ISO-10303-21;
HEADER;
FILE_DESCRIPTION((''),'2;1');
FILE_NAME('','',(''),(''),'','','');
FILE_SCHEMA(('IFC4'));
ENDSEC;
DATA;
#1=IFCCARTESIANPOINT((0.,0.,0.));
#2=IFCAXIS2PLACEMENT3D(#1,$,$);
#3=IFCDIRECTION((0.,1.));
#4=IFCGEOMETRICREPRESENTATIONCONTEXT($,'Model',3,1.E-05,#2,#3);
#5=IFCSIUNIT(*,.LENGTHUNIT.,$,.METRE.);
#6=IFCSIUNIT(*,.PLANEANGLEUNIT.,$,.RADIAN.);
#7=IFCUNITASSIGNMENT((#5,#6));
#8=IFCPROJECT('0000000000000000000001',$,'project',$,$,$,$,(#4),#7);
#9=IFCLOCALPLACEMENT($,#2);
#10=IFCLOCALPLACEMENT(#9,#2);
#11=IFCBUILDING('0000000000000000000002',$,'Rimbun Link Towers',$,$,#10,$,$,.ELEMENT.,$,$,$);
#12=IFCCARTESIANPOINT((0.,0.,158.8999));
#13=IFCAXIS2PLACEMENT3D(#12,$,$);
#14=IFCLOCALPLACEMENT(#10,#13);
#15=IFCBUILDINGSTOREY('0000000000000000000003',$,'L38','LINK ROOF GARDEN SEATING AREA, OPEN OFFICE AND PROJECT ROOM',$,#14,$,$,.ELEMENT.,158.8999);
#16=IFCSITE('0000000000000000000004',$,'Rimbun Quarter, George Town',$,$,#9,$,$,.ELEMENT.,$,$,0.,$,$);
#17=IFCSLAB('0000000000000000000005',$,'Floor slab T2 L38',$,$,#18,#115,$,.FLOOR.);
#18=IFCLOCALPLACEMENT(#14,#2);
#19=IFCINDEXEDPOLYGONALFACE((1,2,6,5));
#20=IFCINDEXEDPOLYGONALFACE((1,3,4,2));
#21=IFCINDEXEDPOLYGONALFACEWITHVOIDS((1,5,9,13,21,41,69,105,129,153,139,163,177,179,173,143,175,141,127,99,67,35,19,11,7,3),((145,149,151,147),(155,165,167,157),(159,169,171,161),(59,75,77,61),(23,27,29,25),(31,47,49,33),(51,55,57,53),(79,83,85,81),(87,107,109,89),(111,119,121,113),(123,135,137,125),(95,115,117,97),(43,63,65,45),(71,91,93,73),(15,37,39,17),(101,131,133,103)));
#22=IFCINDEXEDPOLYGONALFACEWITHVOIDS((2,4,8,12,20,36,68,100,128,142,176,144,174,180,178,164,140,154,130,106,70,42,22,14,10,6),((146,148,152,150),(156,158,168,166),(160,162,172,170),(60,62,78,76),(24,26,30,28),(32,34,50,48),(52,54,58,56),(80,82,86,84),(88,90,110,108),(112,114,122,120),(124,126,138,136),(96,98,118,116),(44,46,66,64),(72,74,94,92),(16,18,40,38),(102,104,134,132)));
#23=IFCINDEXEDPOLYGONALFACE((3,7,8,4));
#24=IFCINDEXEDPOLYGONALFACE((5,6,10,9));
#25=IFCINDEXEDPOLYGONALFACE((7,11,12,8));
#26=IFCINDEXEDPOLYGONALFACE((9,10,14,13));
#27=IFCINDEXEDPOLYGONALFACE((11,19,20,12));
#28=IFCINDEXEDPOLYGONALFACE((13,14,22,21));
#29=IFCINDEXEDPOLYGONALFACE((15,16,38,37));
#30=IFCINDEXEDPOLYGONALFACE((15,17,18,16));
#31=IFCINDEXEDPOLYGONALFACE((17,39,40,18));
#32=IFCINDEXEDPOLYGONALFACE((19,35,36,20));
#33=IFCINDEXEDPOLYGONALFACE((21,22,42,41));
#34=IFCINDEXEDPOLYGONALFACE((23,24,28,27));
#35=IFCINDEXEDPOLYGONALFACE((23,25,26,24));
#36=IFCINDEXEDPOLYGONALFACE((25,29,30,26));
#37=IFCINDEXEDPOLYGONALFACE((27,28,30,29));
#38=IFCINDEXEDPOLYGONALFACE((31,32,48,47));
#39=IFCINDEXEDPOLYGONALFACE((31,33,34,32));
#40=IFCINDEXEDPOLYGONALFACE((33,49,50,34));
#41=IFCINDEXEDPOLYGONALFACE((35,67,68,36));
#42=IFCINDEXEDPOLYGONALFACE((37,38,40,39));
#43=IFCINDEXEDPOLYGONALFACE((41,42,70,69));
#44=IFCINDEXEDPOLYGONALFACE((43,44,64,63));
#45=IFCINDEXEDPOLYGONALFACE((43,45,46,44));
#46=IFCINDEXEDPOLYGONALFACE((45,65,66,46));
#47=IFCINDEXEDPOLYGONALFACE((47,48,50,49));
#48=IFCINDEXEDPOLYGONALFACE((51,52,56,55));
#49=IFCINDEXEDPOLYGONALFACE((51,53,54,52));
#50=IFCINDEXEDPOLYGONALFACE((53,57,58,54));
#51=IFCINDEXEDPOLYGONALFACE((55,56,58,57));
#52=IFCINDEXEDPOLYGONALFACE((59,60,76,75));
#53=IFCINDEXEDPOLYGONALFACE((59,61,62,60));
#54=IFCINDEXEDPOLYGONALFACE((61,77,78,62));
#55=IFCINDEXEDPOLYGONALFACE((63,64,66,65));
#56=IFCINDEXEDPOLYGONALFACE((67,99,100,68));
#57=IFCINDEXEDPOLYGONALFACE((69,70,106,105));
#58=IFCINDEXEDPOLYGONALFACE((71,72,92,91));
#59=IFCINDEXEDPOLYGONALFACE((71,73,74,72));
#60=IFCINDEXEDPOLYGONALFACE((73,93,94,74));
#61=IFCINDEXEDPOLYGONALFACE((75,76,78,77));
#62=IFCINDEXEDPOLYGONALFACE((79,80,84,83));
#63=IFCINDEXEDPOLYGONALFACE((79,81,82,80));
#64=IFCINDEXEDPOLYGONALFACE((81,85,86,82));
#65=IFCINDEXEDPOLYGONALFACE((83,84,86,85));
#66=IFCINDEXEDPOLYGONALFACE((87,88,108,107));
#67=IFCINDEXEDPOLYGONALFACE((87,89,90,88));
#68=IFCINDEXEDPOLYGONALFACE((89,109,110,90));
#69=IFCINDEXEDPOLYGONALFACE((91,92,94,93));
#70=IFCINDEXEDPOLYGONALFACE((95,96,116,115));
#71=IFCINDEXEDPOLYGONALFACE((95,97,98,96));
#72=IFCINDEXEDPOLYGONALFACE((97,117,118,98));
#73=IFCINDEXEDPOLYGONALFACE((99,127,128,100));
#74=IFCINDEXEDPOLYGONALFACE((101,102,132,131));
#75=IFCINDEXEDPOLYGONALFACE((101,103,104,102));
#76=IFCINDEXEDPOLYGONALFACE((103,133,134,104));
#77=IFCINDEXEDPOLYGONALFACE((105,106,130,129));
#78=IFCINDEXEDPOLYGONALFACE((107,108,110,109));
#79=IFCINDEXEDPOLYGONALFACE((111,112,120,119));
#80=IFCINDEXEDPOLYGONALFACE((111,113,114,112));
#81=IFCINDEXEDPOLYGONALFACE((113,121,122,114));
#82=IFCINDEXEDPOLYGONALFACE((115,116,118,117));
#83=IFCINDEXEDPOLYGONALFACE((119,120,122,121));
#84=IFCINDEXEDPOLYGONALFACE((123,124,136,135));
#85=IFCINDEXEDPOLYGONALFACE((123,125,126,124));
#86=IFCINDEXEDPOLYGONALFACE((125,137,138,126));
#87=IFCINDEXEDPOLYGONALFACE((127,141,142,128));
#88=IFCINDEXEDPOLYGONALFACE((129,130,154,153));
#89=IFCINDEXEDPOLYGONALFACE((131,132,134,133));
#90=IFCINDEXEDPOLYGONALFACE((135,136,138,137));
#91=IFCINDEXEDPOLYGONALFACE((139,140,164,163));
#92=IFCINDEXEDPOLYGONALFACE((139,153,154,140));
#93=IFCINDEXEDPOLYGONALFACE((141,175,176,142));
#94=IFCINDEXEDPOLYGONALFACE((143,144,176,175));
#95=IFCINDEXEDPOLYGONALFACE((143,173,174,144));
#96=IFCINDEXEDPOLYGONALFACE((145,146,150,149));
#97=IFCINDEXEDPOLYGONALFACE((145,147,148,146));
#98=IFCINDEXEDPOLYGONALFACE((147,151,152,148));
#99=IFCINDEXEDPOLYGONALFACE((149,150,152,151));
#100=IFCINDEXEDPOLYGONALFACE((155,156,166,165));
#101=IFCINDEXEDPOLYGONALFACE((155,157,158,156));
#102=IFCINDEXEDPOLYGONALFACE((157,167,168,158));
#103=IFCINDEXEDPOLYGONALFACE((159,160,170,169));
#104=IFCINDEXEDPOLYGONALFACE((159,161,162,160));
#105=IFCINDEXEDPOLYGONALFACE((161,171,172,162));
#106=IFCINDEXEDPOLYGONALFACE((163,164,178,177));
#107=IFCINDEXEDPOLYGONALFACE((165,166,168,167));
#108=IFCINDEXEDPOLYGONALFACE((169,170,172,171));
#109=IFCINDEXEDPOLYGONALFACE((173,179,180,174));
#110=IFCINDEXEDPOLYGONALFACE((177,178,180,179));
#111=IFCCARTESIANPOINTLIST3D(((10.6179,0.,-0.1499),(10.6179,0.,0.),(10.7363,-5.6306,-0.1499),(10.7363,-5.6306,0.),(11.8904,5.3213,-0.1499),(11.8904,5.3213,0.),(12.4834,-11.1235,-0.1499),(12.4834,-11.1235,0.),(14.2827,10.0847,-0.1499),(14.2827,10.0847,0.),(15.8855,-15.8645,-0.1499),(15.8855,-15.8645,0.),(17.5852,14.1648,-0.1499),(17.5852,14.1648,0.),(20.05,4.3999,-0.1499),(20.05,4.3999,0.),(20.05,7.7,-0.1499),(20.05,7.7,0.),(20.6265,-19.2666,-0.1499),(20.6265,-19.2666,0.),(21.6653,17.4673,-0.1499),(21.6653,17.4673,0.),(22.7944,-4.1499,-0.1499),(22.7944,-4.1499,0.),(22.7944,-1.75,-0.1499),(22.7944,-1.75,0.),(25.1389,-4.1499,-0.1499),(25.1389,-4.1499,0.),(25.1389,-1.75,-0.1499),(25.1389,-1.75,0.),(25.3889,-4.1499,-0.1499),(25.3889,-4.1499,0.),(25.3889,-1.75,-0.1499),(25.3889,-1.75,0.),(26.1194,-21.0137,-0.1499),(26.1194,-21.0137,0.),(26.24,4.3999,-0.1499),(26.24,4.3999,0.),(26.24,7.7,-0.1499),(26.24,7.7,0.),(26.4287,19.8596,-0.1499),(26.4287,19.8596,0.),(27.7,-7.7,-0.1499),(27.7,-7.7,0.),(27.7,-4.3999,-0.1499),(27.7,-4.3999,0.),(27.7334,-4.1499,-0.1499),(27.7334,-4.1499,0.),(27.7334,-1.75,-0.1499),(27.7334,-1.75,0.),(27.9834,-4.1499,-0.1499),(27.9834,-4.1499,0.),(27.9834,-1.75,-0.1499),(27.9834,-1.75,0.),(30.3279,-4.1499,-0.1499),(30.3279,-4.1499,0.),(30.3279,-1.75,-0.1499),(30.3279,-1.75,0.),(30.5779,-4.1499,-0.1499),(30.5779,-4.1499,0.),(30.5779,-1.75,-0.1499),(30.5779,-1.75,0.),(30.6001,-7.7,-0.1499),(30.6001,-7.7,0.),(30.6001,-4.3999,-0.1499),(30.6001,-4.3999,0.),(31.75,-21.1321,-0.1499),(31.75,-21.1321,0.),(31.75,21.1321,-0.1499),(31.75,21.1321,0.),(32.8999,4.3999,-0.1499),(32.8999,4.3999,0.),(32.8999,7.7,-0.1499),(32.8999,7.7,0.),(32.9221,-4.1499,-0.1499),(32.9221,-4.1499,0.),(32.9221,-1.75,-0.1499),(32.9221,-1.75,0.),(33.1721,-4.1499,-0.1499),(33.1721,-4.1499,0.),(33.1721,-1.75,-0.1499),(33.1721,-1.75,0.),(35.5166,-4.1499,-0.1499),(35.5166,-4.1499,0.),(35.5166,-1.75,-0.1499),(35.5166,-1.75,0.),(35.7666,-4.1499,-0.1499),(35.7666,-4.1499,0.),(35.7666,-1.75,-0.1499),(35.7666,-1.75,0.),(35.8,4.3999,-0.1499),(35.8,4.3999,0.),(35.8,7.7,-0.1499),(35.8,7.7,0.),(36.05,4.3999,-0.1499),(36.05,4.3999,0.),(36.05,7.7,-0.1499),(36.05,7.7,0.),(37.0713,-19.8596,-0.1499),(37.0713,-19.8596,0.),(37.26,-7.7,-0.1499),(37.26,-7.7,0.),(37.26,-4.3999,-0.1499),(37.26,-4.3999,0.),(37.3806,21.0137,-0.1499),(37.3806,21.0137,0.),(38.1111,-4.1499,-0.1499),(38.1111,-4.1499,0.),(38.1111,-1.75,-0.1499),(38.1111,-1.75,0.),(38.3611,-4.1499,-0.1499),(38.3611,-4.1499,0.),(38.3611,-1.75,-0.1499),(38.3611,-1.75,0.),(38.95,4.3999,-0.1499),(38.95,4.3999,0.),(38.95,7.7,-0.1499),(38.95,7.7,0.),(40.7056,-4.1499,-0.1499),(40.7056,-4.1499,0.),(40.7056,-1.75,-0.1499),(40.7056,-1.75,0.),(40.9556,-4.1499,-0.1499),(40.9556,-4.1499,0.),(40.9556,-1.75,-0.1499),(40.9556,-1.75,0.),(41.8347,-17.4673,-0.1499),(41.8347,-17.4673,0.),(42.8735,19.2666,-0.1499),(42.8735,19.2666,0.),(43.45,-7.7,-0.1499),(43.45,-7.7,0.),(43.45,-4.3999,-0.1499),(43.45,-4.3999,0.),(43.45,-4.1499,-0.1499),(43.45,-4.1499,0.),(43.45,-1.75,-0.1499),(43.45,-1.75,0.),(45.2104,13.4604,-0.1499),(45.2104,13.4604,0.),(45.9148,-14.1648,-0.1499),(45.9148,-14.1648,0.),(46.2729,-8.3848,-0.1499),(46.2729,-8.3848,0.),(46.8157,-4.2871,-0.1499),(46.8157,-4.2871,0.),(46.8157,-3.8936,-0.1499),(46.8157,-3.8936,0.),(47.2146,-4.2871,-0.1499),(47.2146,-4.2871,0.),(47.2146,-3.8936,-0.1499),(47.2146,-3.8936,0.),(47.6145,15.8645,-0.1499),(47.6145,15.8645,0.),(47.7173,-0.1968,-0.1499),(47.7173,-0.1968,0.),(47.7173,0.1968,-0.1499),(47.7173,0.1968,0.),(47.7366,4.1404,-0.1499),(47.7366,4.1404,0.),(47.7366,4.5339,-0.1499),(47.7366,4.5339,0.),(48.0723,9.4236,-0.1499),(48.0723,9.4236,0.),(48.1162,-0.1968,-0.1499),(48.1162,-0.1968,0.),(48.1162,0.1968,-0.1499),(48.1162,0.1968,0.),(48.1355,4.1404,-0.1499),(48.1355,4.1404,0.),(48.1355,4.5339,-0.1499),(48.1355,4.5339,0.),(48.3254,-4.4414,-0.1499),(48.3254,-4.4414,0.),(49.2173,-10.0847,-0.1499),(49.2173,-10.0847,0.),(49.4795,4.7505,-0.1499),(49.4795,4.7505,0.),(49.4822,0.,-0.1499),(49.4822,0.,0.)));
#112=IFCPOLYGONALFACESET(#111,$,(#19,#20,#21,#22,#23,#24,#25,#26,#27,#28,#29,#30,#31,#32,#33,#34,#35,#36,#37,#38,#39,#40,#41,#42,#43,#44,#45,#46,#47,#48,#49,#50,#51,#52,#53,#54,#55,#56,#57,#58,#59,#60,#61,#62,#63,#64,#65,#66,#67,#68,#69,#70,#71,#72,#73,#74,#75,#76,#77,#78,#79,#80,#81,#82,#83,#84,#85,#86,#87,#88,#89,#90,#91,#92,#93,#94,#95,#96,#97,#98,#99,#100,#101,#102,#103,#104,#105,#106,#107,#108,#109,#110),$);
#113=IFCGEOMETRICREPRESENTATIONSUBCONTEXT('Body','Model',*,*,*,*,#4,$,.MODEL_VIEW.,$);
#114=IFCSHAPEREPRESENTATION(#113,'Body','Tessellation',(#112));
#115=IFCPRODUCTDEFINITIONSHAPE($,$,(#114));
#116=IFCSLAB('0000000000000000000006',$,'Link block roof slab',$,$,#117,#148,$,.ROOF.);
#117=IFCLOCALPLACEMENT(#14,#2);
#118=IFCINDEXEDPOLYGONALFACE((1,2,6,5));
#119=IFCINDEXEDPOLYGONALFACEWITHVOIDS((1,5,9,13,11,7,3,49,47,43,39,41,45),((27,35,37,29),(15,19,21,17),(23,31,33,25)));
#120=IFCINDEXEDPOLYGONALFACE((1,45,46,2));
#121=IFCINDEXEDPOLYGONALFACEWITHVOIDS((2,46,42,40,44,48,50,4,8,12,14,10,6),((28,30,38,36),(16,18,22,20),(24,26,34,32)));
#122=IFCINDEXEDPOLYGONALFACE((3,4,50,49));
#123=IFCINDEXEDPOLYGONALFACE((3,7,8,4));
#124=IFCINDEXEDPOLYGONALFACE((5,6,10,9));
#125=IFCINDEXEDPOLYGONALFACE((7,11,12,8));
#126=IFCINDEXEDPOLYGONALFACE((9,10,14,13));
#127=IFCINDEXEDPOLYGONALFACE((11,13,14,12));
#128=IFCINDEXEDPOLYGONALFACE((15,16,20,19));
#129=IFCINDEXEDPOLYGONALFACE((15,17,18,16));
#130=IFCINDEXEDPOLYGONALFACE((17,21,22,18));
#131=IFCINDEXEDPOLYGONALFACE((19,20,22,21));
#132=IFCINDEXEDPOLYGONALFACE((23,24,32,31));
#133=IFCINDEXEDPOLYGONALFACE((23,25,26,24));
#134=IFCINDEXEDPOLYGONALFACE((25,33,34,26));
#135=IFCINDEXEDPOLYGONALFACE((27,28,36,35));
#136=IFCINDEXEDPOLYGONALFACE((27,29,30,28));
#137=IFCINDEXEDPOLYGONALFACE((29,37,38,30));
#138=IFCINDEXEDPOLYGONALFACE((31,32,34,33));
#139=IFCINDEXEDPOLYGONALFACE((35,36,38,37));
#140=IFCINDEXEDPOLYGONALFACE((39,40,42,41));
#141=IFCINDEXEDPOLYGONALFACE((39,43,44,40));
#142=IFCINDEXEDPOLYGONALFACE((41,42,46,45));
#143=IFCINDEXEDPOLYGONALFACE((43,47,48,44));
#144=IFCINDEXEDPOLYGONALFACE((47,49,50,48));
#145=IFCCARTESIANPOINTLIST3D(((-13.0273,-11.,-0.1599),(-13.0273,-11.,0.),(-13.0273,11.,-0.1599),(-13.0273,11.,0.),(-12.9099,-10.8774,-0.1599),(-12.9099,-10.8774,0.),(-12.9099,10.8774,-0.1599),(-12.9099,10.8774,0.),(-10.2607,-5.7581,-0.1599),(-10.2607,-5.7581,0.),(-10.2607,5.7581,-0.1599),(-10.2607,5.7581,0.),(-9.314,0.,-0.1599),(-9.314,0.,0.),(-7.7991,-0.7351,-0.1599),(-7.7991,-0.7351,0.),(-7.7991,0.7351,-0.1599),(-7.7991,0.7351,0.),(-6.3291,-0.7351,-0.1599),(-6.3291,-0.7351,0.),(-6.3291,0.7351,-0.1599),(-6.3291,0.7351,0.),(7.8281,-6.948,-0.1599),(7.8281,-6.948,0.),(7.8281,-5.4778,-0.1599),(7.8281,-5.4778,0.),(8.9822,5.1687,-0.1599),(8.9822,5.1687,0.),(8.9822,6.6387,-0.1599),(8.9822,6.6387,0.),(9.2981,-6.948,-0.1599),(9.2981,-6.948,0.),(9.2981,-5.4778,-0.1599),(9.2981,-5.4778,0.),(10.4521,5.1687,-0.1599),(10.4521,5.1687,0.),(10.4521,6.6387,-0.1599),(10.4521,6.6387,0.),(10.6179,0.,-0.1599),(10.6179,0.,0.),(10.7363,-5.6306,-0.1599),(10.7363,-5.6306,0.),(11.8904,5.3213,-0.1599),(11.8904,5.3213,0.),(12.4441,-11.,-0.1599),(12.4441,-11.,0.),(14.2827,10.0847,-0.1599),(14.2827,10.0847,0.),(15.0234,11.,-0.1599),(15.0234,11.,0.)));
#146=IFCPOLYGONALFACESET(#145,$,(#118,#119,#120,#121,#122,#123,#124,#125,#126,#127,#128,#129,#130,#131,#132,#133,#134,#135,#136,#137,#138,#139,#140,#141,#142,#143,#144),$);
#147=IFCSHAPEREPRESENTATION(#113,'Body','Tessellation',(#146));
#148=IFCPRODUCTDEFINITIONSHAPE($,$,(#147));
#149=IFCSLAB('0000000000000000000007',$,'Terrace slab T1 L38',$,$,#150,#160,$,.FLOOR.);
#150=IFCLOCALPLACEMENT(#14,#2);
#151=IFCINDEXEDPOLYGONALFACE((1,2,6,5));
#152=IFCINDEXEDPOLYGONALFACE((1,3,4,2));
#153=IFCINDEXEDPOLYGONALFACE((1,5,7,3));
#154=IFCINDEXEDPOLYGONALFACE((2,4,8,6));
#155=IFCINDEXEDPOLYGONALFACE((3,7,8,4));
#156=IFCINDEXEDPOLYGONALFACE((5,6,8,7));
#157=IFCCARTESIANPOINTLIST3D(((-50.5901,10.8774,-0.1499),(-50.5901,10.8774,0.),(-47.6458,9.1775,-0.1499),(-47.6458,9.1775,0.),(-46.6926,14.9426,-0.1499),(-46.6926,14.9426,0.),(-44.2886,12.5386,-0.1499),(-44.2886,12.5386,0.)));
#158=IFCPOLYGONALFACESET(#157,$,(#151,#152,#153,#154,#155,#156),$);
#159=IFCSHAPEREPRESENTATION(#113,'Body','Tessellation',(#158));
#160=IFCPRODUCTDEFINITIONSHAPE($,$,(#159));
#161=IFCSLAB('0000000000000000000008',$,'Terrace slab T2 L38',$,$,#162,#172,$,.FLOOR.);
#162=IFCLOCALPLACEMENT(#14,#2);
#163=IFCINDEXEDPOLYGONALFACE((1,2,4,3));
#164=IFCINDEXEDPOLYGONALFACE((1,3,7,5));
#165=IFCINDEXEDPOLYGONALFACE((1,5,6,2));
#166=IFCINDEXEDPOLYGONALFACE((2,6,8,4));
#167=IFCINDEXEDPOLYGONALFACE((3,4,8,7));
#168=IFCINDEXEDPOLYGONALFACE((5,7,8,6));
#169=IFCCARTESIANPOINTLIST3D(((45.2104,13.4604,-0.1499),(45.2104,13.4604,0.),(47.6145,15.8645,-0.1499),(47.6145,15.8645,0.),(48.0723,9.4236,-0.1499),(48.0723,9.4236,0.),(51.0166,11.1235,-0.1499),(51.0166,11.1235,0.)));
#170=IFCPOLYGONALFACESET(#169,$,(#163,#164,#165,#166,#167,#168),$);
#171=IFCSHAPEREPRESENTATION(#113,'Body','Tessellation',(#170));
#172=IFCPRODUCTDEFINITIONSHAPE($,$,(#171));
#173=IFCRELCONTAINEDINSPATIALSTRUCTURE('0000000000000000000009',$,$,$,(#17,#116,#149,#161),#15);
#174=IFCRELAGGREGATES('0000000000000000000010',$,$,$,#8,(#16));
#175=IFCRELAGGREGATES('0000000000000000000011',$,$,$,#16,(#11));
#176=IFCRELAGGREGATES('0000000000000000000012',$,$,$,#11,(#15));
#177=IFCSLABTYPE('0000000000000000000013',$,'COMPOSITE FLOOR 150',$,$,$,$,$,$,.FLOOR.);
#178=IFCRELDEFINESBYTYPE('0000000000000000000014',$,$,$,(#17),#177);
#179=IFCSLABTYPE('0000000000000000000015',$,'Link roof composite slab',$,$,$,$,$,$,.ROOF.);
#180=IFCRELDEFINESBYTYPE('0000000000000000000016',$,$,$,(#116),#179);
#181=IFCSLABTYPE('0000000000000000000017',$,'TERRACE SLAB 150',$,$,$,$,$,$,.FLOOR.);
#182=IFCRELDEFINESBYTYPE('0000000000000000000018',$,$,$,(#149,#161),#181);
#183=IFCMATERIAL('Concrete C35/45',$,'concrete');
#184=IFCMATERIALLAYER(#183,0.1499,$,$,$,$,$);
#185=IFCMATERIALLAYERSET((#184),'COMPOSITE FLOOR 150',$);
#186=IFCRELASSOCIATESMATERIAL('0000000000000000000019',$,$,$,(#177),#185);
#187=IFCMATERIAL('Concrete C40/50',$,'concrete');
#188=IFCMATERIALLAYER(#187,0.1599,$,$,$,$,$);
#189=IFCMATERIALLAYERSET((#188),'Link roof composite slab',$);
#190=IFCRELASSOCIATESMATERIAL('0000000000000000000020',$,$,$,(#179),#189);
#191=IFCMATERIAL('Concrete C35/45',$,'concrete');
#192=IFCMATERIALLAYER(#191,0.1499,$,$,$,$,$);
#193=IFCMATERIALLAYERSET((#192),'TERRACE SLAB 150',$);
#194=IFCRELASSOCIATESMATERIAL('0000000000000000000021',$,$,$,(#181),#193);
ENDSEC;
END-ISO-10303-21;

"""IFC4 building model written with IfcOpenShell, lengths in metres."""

from ifc_helpers import new_model, si_unit, direction, frame, origin, place, context, subcontext, project, spatial, polyline, outline, extrude, material, layer, layer_set, type_object, element, save


model = new_model("IFC4")

# Units and contexts
model_context = context("Model", 3, precision=1e-05, world=origin(), true_north=direction((0.0, 1.0)))
body_context = subcontext(model_context, "Body", "Model", "MODEL_VIEW")
ifc_project = project(units=[si_unit("LENGTHUNIT", "METRE"), si_unit("PLANEANGLEUNIT", "RADIAN")], contexts=[model_context])

# Site, building, storey
site_placement = place(None, origin())
site = spatial("IfcSite", under=ifc_project, at=site_placement, Name="Rimbun Quarter, George Town", CompositionType="ELEMENT", RefElevation=0.0)
building_placement = place(site_placement, origin())
building = spatial("IfcBuilding", under=site, at=building_placement, Name="Rimbun Link Towers", CompositionType="ELEMENT")
storey_placement = place(building_placement, frame((0.0, 0.0, 158.8999)))
storey = spatial("IfcBuildingStorey", under=building, at=storey_placement, Name="L38", Description="LINK ROOF GARDEN SEATING AREA, OPEN OFFICE AND PROJECT ROOM", CompositionType="ELEMENT", Elevation=158.8999)

# Slabs
ifc_material_1 = material(Name="Concrete C35/45", Category="concrete")
ifc_layer_1 = layer(ifc_material_1, 0.1499)
ifc_layer_set_1 = layer_set([ifc_layer_1], Name="COMPOSITE FLOOR 150")
slab_type_1 = type_object("IfcSlabType", Name="COMPOSITE FLOOR 150", PredefinedType="FLOOR", material=ifc_layer_set_1)
slab_1_placement = place(storey_placement, frame((0.0, 0.0, -0.1499)))
element("IfcSlab", 1, at=slab_1_placement, inside=storey, type_object=slab_type_1, Name="Floor slab T2 L38", PredefinedType="FLOOR", context=body_context, shape_type="SweptSolid", body=[
    extrude(outline(polyline([(45.9148, -14.1648), (41.8347, -17.4673), (37.0713, -19.8596), (31.75, -21.1321), (26.1194, -21.0137), (20.6265, -19.2666), (15.8855, -15.8645), (12.4834, -11.1235), (10.7363, -5.6306), (10.6179, 0.0), (11.8904, 5.3213), (14.2827, 10.0847), (17.5852, 14.1648), (21.6653, 17.4673), (26.4287, 19.8596), (31.75, 21.1321), (37.3806, 21.0137), (42.8735, 19.2666), (47.6145, 15.8645), (45.2104, 13.4604), (48.0723, 9.4236), (49.4795, 4.7505), (49.4822, 0.0), (48.3254, -4.4414), (46.2729, -8.3848), (49.2173, -10.0847), (45.9148, -14.1648)]), holes=[polyline([(30.6001, -7.7), (30.6001, -4.3999), (27.7, -4.3999), (27.7, -7.7), (30.6001, -7.7)]), polyline([(25.1389, -4.1499), (25.1389, -1.75), (22.7944, -1.75), (22.7944, -4.1499), (25.1389, -4.1499)]), polyline([(27.7334, -4.1499), (27.7334, -1.75), (25.3889, -1.75), (25.3889, -4.1499), (27.7334, -4.1499)]), polyline([(30.3279, -4.1499), (30.3279, -1.75), (27.9834, -1.75), (27.9834, -4.1499), (30.3279, -4.1499)]), polyline([(32.9221, -4.1499), (32.9221, -1.75), (30.5779, -1.75), (30.5779, -4.1499), (32.9221, -4.1499)]), polyline([(35.5166, -4.1499), (35.5166, -1.75), (33.1721, -1.75), (33.1721, -4.1499), (35.5166, -4.1499)]), polyline([(26.24, 4.3999), (26.24, 7.7), (20.05, 7.7), (20.05, 4.3999), (26.24, 4.3999)]), polyline([(35.8, 4.3999), (35.8, 7.7), (32.8999, 7.7), (32.8999, 4.3999), (35.8, 4.3999)]), polyline([(43.45, -7.7), (43.45, -4.3999), (37.26, -4.3999), (37.26, -7.7), (43.45, -7.7)]), polyline([(47.2146, -4.2871), (47.2146, -3.8936), (46.8157, -3.8936), (46.8157, -4.2871), (47.2146, -4.2871)]), polyline([(38.1111, -4.1499), (38.1111, -1.75), (35.7666, -1.75), (35.7666, -4.1499), (38.1111, -4.1499)]), polyline([(40.7056, -4.1499), (40.7056, -1.75), (38.3611, -1.75), (38.3611, -4.1499), (40.7056, -4.1499)]), polyline([(43.45, -4.1499), (43.45, -1.75), (40.9556, -1.75), (40.9556, -4.1499), (43.45, -4.1499)]), polyline([(48.1162, -0.1968), (48.1162, 0.1968), (47.7173, 0.1968), (47.7173, -0.1968), (48.1162, -0.1968)]), polyline([(48.1355, 4.1404), (48.1355, 4.5339), (47.7366, 4.5339), (47.7366, 4.1404), (48.1355, 4.1404)]), polyline([(38.95, 4.3999), (38.95, 7.7), (36.05, 7.7), (36.05, 4.3999), (38.95, 4.3999)])]), origin(), (0.0, 0.0, 1.0), 0.1499),
])
ifc_material_2 = material(Name="Concrete C40/50", Category="concrete")
ifc_layer_2 = layer(ifc_material_2, 0.1599)
ifc_layer_set_2 = layer_set([ifc_layer_2], Name="Link roof composite slab")
slab_type_2 = type_object("IfcSlabType", Name="Link roof composite slab", PredefinedType="ROOF", material=ifc_layer_set_2)
slab_2_placement = place(storey_placement, frame((0.0, 0.0, -0.1599)))
element("IfcSlab", 2, at=slab_2_placement, inside=storey, type_object=slab_type_2, Name="Link block roof slab", PredefinedType="ROOF", context=body_context, shape_type="SweptSolid", body=[
    extrude(outline(polyline([(-12.9099, -10.8774), (-10.2607, -5.7581), (-9.314, 0.0), (-10.2607, 5.7581), (-12.9099, 10.8774), (-13.0273, 11.0), (15.0234, 11.0), (14.2827, 10.0847), (11.8904, 5.3213), (10.6179, 0.0), (10.7363, -5.6306), (12.4441, -11.0), (-13.0273, -11.0), (-12.9099, -10.8774)]), holes=[polyline([(9.2981, -6.948), (9.2981, -5.4778), (7.8281, -5.4778), (7.8281, -6.948), (9.2981, -6.948)]), polyline([(-6.3291, -0.7351), (-6.3291, 0.7351), (-7.7991, 0.7351), (-7.7991, -0.7351), (-6.3291, -0.7351)]), polyline([(8.9822, 5.1687), (10.4521, 5.1687), (10.4521, 6.6387), (8.9822, 6.6387), (8.9822, 5.1687)])]), origin(), (0.0, 0.0, 1.0), 0.1599),
])
ifc_material_3 = material(Name="Concrete C35/45", Category="concrete")
ifc_layer_3 = layer(ifc_material_3, 0.1499)
ifc_layer_set_3 = layer_set([ifc_layer_3], Name="TERRACE SLAB 150")
slab_type_3 = type_object("IfcSlabType", Name="TERRACE SLAB 150", PredefinedType="FLOOR", material=ifc_layer_set_3)
slab_3_placement = place(storey_placement, frame((0.0, 0.0, -0.1499)))
element("IfcSlab", 3, at=slab_3_placement, inside=storey, type_object=slab_type_3, Name="Terrace slab T1 L38", PredefinedType="FLOOR", context=body_context, shape_type="SweptSolid", body=[
    extrude(outline(polyline([(-44.2886, 12.5386), (-47.6458, 9.1775), (-50.5901, 10.8774), (-46.6926, 14.9426), (-44.2886, 12.5386)])), origin(), (0.0, 0.0, 1.0), 0.1499),
])
slab_4_placement = place(storey_placement, frame((0.0, 0.0, -0.1499)))
element("IfcSlab", 4, at=slab_4_placement, inside=storey, type_object=slab_type_3, Name="Terrace slab T2 L38", PredefinedType="FLOOR", context=body_context, shape_type="SweptSolid", body=[
    extrude(outline(polyline([(48.0723, 9.4236), (45.2104, 13.4604), (47.6145, 15.8645), (51.0166, 11.1235), (48.0723, 9.4236)])), origin(), (0.0, 0.0, 1.0), 0.1499),
])

save(model, "model.ifc")
